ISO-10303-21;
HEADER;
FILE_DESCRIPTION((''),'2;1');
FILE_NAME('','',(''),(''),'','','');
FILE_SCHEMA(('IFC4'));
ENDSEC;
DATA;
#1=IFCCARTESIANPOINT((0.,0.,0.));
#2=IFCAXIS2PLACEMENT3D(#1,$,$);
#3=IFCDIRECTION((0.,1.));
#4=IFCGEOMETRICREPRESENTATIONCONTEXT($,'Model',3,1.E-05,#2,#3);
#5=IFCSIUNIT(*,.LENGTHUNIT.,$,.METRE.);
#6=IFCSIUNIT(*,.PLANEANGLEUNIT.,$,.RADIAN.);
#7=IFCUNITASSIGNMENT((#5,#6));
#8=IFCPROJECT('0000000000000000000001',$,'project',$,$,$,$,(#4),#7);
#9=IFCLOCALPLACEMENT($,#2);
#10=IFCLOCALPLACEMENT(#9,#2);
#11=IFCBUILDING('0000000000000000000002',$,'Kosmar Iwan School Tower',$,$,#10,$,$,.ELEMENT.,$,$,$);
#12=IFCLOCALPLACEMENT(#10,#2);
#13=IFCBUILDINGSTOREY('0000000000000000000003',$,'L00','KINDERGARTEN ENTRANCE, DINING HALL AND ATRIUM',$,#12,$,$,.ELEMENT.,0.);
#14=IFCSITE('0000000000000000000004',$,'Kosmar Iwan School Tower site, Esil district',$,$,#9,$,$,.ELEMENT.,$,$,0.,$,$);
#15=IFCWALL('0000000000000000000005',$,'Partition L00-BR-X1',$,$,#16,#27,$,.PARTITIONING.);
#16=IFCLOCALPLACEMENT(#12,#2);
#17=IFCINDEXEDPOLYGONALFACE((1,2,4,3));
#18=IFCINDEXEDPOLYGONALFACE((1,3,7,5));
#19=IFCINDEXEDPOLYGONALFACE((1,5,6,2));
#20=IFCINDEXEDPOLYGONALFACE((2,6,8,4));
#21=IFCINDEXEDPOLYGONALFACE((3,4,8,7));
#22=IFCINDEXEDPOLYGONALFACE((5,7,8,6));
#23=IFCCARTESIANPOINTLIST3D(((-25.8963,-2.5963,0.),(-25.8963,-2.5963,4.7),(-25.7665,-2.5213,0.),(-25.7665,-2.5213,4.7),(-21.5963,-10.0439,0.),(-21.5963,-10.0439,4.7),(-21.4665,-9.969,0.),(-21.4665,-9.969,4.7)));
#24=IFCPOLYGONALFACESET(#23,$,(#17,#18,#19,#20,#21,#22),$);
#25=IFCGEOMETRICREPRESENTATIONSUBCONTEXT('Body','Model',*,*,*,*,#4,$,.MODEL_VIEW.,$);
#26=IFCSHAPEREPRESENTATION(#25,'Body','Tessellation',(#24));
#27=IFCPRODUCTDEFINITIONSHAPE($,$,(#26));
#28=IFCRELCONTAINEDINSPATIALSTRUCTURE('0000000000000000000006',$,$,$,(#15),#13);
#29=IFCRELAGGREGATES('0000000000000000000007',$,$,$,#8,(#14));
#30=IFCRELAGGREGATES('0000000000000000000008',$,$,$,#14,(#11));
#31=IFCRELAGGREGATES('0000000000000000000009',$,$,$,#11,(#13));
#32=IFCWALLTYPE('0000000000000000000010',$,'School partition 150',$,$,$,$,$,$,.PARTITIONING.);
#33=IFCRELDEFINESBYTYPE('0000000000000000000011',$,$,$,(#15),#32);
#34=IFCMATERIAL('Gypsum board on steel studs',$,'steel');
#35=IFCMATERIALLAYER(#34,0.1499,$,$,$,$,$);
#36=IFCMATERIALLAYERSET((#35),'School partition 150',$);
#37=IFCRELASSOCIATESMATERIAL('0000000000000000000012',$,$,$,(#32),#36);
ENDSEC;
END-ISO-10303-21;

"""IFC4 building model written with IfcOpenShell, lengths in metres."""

from ifc_helpers import new_model, si_unit, direction, frame, frame_2d, origin, place, context, subcontext, project, spatial, rectangle, extrude, material, layer, layer_set, type_object, element, save


model = new_model("IFC4")

# Units and contexts
model_context = context("Model", 3, precision=1e-05, world=origin(), true_north=direction((0.0, 1.0)))
body_context = subcontext(model_context, "Body", "Model", "MODEL_VIEW")
ifc_project = project(units=[si_unit("LENGTHUNIT", "METRE"), si_unit("PLANEANGLEUNIT", "RADIAN")], contexts=[model_context])

# Site, building, storey
site_placement = place(None, origin())
site = spatial("IfcSite", under=ifc_project, at=site_placement, Name="Kosmar Iwan School Tower site, Esil district", CompositionType="ELEMENT", RefElevation=0.0)
building_placement = place(site_placement, origin())
building = spatial("IfcBuilding", under=site, at=building_placement, Name="Kosmar Iwan School Tower", CompositionType="ELEMENT")
storey_placement = place(building_placement, origin())
storey = spatial("IfcBuildingStorey", under=building, at=storey_placement, Name="L00", Description="KINDERGARTEN ENTRANCE, DINING HALL AND ATRIUM", CompositionType="ELEMENT", Elevation=0.0)

# Wall
ifc_material_1 = material(Name="Gypsum board on steel studs", Category="steel")
ifc_layer_1 = layer(ifc_material_1, 0.1499)
ifc_layer_set_1 = layer_set([ifc_layer_1], Name="School partition 150")
wall_type_1 = type_object("IfcWallType", Name="School partition 150", PredefinedType="PARTITIONING", material=ifc_layer_set_1)
wall_1_placement = place(storey_placement, frame((-21.5315, -10.0063, 0.0), z_axis=(0.0, 0.0, 1.0), x_axis=(-0.500008, 0.866021, 0.0)))
element("IfcWall", 1, at=wall_1_placement, inside=storey, type_object=wall_type_1, Name="Partition L00-BR-X1", PredefinedType="PARTITIONING", context=body_context, shape_type="SweptSolid", body=[
    extrude(rectangle(XDim=8.5999, YDim=0.1499, at=frame_2d((4.2998, 0.0))), origin(), (0.0, 0.0, 1.0), 4.7),
])

save(model, "model.ifc")
